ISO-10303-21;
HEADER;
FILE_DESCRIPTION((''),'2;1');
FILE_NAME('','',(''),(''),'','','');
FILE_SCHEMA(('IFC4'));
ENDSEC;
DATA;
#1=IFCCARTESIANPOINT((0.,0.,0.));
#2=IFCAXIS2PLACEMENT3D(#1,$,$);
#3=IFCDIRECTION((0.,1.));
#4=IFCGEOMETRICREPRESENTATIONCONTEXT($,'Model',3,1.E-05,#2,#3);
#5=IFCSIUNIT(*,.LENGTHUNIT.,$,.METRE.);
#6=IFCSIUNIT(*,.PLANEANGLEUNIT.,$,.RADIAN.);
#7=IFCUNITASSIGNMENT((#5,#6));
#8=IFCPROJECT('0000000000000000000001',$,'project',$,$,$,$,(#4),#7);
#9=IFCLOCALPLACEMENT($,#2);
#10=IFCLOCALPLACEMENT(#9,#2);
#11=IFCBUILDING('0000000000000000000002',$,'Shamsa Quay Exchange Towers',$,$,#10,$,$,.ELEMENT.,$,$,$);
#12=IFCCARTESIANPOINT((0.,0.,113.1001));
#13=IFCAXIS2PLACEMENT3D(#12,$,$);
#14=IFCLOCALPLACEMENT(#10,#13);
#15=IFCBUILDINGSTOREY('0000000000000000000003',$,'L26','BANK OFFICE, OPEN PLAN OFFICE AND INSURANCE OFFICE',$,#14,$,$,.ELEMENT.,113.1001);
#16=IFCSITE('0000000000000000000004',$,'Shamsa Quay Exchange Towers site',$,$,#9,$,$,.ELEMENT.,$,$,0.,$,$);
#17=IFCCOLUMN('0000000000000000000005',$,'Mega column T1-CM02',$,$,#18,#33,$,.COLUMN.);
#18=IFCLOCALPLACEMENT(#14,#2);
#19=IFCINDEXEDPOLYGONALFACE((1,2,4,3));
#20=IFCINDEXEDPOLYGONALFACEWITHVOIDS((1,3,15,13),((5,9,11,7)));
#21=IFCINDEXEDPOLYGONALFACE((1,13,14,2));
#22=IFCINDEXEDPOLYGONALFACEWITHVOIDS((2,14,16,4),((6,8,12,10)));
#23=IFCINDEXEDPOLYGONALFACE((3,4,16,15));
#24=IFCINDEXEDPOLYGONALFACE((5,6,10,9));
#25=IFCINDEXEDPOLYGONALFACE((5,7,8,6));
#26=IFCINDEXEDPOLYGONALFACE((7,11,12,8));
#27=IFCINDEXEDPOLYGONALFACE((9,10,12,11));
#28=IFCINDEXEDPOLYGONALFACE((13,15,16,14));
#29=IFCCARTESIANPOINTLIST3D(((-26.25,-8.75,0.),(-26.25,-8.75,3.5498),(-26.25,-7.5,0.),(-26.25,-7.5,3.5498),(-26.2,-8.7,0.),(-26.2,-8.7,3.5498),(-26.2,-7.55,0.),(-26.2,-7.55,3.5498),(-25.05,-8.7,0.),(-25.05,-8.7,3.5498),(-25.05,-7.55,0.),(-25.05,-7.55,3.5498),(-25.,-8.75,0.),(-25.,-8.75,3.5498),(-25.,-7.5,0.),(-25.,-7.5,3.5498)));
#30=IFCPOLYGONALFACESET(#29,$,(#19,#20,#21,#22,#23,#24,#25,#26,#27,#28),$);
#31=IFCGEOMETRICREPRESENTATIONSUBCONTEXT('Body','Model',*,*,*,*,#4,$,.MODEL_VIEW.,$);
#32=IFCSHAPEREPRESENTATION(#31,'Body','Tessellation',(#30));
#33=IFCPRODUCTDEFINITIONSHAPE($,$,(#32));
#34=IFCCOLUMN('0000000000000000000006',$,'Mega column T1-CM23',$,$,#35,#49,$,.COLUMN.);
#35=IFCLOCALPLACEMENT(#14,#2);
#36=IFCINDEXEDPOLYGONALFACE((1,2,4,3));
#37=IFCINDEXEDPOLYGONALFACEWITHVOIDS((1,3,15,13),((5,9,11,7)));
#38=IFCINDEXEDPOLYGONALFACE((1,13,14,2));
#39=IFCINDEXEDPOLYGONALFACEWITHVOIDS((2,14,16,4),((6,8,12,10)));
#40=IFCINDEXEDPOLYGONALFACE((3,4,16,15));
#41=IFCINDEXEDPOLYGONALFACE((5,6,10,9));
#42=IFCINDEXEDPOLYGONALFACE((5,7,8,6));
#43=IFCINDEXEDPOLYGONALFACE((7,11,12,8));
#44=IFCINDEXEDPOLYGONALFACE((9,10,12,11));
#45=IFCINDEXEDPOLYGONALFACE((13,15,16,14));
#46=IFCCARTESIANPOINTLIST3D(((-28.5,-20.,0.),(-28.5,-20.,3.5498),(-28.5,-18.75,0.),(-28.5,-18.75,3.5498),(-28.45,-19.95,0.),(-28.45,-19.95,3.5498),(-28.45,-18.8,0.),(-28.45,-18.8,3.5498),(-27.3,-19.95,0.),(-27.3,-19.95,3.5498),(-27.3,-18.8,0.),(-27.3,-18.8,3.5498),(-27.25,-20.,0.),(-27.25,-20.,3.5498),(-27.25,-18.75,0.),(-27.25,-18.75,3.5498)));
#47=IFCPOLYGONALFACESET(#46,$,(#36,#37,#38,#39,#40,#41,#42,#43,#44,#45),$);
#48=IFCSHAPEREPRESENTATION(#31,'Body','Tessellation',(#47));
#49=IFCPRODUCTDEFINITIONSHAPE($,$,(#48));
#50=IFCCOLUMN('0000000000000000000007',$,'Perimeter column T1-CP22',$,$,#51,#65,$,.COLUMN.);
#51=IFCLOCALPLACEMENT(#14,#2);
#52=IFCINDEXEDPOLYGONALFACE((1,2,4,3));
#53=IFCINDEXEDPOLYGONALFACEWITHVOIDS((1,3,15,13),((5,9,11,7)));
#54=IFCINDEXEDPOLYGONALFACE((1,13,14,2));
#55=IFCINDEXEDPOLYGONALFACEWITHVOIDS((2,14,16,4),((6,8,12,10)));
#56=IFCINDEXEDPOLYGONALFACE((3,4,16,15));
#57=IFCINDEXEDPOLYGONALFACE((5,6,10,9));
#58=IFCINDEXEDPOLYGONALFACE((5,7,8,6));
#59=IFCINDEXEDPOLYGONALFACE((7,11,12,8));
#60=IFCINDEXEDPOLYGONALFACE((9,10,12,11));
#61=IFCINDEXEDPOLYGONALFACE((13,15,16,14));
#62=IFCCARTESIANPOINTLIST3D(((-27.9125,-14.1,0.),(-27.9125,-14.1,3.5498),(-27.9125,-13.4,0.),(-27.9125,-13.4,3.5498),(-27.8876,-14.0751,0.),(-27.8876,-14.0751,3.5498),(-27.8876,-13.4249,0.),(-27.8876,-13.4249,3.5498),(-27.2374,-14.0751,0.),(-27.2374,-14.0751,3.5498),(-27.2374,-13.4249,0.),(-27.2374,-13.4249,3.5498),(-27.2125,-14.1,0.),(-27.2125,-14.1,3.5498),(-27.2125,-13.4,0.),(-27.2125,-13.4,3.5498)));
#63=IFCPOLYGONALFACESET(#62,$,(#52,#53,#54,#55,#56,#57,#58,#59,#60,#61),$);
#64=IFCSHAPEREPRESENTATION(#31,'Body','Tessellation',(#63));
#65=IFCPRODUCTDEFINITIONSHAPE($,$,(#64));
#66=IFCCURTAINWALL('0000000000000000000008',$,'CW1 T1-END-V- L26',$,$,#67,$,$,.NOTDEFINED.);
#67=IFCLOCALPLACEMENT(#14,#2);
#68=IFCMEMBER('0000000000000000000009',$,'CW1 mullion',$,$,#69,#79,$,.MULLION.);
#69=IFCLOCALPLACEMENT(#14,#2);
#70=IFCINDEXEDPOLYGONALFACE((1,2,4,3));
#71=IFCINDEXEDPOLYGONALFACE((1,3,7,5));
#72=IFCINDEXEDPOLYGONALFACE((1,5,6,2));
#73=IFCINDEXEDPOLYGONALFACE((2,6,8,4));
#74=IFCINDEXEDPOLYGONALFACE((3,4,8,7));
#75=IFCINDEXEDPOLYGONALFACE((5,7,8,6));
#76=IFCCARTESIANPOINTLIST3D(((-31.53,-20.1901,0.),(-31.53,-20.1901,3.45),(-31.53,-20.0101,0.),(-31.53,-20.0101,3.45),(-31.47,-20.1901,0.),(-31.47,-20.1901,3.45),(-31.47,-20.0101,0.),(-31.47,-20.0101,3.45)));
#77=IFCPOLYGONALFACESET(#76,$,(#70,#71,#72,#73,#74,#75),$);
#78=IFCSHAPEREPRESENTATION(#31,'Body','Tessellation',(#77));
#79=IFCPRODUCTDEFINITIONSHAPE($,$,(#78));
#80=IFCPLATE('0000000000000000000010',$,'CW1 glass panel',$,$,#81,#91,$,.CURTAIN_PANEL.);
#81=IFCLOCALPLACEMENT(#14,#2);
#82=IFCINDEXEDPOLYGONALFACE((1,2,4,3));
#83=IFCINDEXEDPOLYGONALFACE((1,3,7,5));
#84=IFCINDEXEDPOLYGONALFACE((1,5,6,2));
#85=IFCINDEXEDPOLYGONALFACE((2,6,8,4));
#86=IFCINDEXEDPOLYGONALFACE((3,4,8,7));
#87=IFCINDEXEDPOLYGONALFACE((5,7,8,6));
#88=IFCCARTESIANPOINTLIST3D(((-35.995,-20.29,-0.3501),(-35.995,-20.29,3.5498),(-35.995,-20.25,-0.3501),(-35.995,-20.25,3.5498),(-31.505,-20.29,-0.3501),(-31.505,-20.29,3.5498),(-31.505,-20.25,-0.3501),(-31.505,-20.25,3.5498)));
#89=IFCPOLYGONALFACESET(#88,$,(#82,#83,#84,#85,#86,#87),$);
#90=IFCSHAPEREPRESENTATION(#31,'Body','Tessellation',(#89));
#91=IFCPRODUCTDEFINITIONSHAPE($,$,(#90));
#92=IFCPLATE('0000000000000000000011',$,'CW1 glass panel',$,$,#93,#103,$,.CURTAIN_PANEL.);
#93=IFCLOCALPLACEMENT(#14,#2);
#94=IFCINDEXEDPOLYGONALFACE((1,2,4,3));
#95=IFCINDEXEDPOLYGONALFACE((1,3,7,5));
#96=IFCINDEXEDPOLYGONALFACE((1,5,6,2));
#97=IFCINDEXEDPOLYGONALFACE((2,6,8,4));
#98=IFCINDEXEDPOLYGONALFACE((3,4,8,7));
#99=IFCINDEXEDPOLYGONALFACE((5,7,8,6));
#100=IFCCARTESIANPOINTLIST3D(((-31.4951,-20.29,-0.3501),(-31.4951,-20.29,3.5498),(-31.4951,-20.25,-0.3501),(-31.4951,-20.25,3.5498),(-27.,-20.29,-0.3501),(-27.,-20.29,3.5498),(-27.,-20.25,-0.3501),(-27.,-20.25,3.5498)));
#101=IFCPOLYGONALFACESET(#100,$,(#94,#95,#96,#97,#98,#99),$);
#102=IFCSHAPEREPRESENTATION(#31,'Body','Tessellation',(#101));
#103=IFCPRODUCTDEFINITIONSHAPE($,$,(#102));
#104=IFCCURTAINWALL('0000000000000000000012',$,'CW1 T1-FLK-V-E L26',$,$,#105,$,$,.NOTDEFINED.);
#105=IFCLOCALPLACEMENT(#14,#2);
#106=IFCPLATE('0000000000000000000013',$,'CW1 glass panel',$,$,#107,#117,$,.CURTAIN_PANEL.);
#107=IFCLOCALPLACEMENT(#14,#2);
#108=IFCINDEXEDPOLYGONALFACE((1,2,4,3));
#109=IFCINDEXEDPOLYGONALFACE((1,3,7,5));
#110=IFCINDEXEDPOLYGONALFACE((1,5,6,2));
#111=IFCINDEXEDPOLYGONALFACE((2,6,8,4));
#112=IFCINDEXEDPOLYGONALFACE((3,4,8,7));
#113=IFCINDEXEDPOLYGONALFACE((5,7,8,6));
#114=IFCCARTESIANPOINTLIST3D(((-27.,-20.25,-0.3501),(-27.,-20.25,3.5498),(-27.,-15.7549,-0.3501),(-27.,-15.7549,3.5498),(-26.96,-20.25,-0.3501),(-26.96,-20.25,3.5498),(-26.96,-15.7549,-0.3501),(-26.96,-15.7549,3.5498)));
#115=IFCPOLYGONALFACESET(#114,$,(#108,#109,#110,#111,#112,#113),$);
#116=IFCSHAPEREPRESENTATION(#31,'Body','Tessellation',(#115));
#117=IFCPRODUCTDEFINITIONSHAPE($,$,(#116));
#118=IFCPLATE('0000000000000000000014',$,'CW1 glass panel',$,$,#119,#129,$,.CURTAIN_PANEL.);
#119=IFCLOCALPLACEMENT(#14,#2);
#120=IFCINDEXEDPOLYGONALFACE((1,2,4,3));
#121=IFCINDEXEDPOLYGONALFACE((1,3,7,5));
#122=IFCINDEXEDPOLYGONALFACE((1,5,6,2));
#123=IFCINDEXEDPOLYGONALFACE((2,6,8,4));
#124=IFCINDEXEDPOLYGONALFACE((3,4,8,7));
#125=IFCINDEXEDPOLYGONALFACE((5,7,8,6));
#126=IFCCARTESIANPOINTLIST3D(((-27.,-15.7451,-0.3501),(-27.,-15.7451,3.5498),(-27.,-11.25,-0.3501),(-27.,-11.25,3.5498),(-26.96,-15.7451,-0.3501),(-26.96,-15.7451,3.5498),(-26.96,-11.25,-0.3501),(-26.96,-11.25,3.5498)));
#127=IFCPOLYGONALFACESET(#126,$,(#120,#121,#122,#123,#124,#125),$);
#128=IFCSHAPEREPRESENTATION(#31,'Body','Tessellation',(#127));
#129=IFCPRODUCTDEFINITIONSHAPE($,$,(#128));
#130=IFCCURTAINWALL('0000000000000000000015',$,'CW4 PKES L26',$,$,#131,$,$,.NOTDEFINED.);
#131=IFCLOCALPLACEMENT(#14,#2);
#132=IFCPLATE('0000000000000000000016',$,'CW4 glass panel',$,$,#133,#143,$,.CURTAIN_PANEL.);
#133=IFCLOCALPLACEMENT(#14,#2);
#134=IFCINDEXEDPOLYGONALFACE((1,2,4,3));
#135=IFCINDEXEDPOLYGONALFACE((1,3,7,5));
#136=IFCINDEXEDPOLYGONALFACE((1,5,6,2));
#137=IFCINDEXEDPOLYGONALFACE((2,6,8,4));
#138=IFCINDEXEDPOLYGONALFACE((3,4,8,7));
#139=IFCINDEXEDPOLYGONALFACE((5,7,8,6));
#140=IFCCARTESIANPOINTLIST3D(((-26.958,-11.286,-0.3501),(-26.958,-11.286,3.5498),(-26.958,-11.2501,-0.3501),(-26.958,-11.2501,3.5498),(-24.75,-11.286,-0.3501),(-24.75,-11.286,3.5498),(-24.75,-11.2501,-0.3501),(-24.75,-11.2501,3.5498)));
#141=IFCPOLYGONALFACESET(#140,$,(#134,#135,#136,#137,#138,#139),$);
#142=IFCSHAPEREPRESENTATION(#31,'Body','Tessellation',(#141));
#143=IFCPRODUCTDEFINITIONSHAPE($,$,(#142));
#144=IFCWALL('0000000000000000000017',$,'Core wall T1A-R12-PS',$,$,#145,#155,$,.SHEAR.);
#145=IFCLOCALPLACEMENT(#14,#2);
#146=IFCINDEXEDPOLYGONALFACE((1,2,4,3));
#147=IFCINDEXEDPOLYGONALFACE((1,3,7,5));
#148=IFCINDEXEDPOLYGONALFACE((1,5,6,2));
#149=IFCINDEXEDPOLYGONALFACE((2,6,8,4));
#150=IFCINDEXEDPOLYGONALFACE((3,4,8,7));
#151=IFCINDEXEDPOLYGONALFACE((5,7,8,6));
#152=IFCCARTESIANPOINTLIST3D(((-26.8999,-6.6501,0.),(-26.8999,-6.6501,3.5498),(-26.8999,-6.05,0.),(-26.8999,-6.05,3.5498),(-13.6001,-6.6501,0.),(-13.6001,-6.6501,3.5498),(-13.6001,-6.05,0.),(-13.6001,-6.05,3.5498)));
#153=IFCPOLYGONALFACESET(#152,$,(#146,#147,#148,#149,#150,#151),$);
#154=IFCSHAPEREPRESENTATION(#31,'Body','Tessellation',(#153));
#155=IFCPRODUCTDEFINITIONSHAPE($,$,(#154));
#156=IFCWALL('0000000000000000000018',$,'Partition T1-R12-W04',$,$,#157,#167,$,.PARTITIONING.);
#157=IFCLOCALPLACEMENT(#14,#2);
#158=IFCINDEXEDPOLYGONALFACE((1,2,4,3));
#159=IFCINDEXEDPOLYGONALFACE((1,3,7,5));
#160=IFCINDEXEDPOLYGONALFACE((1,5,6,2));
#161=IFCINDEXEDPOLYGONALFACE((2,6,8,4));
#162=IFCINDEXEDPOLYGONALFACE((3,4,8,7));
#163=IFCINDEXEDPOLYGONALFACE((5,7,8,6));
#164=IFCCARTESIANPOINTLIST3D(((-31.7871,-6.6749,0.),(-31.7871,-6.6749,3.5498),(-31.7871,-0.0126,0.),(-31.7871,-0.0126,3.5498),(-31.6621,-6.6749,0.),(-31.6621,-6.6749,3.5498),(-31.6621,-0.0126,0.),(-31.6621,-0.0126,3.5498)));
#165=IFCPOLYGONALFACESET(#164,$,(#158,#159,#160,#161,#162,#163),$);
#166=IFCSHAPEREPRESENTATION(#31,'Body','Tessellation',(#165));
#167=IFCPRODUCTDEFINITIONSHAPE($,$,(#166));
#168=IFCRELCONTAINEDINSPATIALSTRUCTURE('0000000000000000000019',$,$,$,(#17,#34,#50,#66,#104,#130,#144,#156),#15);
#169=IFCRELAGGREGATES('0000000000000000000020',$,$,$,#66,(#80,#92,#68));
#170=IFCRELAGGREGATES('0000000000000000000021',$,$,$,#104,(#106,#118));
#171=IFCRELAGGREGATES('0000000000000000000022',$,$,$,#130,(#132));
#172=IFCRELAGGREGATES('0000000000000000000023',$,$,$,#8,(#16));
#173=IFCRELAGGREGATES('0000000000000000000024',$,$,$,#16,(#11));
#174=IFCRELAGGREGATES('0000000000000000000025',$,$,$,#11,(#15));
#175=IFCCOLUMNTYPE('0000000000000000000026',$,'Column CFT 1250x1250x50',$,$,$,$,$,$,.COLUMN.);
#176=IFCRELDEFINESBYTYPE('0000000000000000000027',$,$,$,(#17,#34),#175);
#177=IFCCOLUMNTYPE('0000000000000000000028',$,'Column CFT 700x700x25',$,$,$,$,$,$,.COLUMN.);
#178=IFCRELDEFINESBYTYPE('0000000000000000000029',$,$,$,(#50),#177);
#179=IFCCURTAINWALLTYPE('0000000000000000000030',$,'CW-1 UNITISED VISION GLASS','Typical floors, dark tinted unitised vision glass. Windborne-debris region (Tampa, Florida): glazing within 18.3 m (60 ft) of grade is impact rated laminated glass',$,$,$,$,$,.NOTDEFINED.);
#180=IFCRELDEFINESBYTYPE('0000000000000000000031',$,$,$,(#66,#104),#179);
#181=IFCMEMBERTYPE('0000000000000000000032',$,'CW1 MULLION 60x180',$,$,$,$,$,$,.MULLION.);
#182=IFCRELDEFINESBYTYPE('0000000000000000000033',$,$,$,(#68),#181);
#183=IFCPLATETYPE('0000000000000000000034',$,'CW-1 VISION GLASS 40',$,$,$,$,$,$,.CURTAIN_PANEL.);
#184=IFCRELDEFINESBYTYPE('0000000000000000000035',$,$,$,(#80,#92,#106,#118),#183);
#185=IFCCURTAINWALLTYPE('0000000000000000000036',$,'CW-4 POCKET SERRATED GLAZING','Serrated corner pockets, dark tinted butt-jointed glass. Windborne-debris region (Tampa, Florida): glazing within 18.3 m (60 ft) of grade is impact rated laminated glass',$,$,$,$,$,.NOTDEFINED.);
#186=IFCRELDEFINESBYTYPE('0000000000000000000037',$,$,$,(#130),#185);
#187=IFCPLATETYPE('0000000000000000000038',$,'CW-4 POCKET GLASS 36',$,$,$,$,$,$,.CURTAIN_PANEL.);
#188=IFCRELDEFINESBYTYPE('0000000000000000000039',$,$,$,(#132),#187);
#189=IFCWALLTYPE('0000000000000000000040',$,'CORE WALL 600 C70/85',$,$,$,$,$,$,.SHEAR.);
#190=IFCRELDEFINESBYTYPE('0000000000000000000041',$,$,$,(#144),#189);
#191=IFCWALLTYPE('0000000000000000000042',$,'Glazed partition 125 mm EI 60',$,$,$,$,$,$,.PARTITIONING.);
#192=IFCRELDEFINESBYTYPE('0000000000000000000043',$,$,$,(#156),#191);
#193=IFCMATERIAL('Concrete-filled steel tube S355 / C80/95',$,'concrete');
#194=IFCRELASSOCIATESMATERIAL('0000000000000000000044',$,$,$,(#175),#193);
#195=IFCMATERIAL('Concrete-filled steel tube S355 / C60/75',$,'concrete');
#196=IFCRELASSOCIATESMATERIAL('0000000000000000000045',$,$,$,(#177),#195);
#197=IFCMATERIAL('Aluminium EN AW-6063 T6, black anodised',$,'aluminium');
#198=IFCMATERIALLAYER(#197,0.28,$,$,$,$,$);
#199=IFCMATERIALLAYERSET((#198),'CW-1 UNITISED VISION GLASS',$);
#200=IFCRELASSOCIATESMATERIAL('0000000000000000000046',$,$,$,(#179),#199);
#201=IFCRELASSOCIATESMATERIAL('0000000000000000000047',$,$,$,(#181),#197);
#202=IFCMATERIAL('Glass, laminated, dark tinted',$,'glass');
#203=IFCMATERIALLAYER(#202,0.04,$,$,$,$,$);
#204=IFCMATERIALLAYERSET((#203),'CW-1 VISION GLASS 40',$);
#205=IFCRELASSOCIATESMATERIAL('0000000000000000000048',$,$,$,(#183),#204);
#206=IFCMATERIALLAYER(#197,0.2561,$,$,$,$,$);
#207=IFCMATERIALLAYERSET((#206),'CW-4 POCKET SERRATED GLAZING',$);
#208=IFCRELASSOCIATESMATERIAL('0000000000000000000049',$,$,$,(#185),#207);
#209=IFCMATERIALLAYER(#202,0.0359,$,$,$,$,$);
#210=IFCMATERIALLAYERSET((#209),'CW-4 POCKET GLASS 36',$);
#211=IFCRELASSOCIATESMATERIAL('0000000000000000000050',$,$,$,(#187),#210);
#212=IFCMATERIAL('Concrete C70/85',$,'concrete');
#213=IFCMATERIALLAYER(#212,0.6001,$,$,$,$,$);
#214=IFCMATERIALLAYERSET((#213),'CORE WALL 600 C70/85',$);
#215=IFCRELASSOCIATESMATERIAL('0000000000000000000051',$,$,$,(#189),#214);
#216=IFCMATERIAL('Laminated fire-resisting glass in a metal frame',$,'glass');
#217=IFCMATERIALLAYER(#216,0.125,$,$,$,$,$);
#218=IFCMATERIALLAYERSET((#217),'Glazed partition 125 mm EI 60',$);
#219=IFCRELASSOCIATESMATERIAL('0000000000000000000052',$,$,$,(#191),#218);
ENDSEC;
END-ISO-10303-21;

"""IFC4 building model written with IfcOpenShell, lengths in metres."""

from ifc_helpers import new_model, si_unit, direction, frame, frame_2d, origin, origin_2d, place, context, subcontext, project, spatial, rectangle, hollow_rectangle, extrude, material, layer, layer_set, material_profile, profile_set, type_object, element, aggregate, save


model = new_model("IFC4")

# Units and contexts
model_context = context("Model", 3, precision=1e-05, world=origin(), true_north=direction((0.0, 1.0)))
body_context = subcontext(model_context, "Body", "Model", "MODEL_VIEW")
ifc_project = project(units=[si_unit("LENGTHUNIT", "METRE"), si_unit("PLANEANGLEUNIT", "RADIAN")], contexts=[model_context])

# Site, building, storey
site_placement = place(None, origin())
site = spatial("IfcSite", under=ifc_project, at=site_placement, Name="Shamsa Quay Exchange Towers site", CompositionType="ELEMENT", RefElevation=0.0)
building_placement = place(site_placement, origin())
building = spatial("IfcBuilding", under=site, at=building_placement, Name="Shamsa Quay Exchange Towers", CompositionType="ELEMENT")
storey_placement = place(building_placement, frame((0.0, 0.0, 113.1001)))
storey = spatial("IfcBuildingStorey", under=building, at=storey_placement, Name="L26", Description="BANK OFFICE, OPEN PLAN OFFICE AND INSURANCE OFFICE", CompositionType="ELEMENT", Elevation=113.1001)

# Columns
ifc_material_1 = material(Name="Concrete-filled steel tube S355 / C80/95", Category="concrete")
ifc_material_profile_1 = material_profile(ifc_material_1, hollow_rectangle(XDim=1.25, YDim=1.25, WallThickness=0.05, at=origin_2d()), Name="CFT 1250x1250x50")
ifc_profile_set_1 = profile_set([ifc_material_profile_1], Name="Concrete-filled steel tube S355 / C80/95")
column_type_1 = type_object("IfcColumnType", Name="Column CFT 1250x1250x50", PredefinedType="COLUMN", material=ifc_profile_set_1)
for number, where, name in (
    (1, (-25.625, -8.125, 0.0), "Mega column T1-CM02"),
    (2, (-27.875, -19.375, 0.0), "Mega column T1-CM23"),
):
    element("IfcColumn", number, at=place(storey_placement, frame(where)), inside=storey, type_object=column_type_1, Name=name, PredefinedType="COLUMN", context=body_context, shape_type="SweptSolid", body=[
        extrude(hollow_rectangle(XDim=1.25, YDim=1.25, WallThickness=0.05, at=origin_2d()), origin(), (0.0, 0.0, 1.0), 3.5498),
    ])
ifc_material_2 = material(Name="Concrete-filled steel tube S355 / C60/75", Category="concrete")
ifc_material_profile_2 = material_profile(ifc_material_2, hollow_rectangle(XDim=0.7, YDim=0.7, WallThickness=0.0249, at=origin_2d()), Name="CFT 700x700x25")
ifc_profile_set_2 = profile_set([ifc_material_profile_2], Name="Concrete-filled steel tube S355 / C60/75")
column_type_2 = type_object("IfcColumnType", Name="Column CFT 700x700x25", PredefinedType="COLUMN", material=ifc_profile_set_2)
column_placement = place(storey_placement, frame((-27.5625, -13.75, 0.0)))
element("IfcColumn", 3, at=column_placement, inside=storey, type_object=column_type_2, Name="Perimeter column T1-CP22", PredefinedType="COLUMN", context=body_context, shape_type="SweptSolid", body=[
    extrude(hollow_rectangle(XDim=0.7, YDim=0.7, WallThickness=0.0249, at=origin_2d()), origin(), (0.0, 0.0, 1.0), 3.5498),
])

# Curtain wall, member, plates
ifc_material_3 = material(Name="Aluminium EN AW-6063 T6, black anodised", Category="aluminium")
ifc_layer_1 = layer(ifc_material_3, 0.28)
ifc_layer_set_1 = layer_set([ifc_layer_1], Name="CW-1 UNITISED VISION GLASS")
curtain_wall_type_1 = type_object("IfcCurtainWallType", Name="CW-1 UNITISED VISION GLASS", Description="Typical floors, dark tinted unitised vision glass. Windborne-debris region (Tampa, Florida): glazing within 18.3 m (60 ft) of grade is impact rated laminated glass", PredefinedType="NOTDEFINED", material=ifc_layer_set_1)
curtain_wall_1_placement = place(storey_placement, origin())
curtain_wall_1 = element("IfcCurtainWall", 4, at=curtain_wall_1_placement, inside=storey, type_object=curtain_wall_type_1, Name="CW1 T1-END-V- L26", PredefinedType="NOTDEFINED")
ifc_material_profile_3 = material_profile(ifc_material_3, rectangle(XDim=0.1799, YDim=0.0601, at=origin_2d()), Name="MU60x180")
ifc_profile_set_3 = profile_set([ifc_material_profile_3], Name="Aluminium EN AW-6063 T6, black anodised")
member_type = type_object("IfcMemberType", Name="CW1 MULLION 60x180", PredefinedType="MULLION", material=ifc_profile_set_3)
member_placement = place(storey_placement, frame((-31.5, -20.1001, 0.0), z_axis=(0.0, 0.0, 1.0), x_axis=(0.0, 1.0, 0.0)))
member = element("IfcMember", 5, at=member_placement, type_object=member_type, Name="CW1 mullion", PredefinedType="MULLION", context=body_context, shape_type="SweptSolid", body=[
    extrude(rectangle(XDim=0.1799, YDim=0.0601, at=origin_2d()), origin(), (0.0, 0.0, 1.0), 3.45),
])
ifc_material_4 = material(Name="Glass, laminated, dark tinted", Category="glass")
ifc_layer_2 = layer(ifc_material_4, 0.04)
ifc_layer_set_2 = layer_set([ifc_layer_2], Name="CW-1 VISION GLASS 40")
plate_type_1 = type_object("IfcPlateType", Name="CW-1 VISION GLASS 40", PredefinedType="CURTAIN_PANEL", material=ifc_layer_set_2)
plate_1_placement = place(storey_placement, frame((-33.75, -20.27, -0.3501)))
plate_1 = element("IfcPlate", 6, at=plate_1_placement, type_object=plate_type_1, Name="CW1 glass panel", PredefinedType="CURTAIN_PANEL", context=body_context, shape_type="SweptSolid", body=[
    extrude(rectangle(XDim=4.49, YDim=0.04, at=origin_2d()), origin(), (0.0, 0.0, 1.0), 3.8999),
])
plate_2_placement = place(storey_placement, frame((-29.2476, -20.27, -0.3501)))
plate_2 = element("IfcPlate", 7, at=plate_2_placement, type_object=plate_type_1, Name="CW1 glass panel", PredefinedType="CURTAIN_PANEL", context=body_context, shape_type="SweptSolid", body=[
    extrude(rectangle(XDim=4.4951, YDim=0.04, at=origin_2d()), origin(), (0.0, 0.0, 1.0), 3.8999),
])
aggregate(curtain_wall_1, [plate_1, plate_2, member])

# Curtain wall, plates
curtain_wall_2_placement = place(storey_placement, origin())
curtain_wall_2 = element("IfcCurtainWall", 8, at=curtain_wall_2_placement, inside=storey, type_object=curtain_wall_type_1, Name="CW1 T1-FLK-V-E L26", PredefinedType="NOTDEFINED")
plate_3_placement = place(storey_placement, frame((-26.98, -18.0024, -0.3501), z_axis=(0.0, 0.0, 1.0), x_axis=(0.0, 1.0, 0.0)))
plate_3 = element("IfcPlate", 9, at=plate_3_placement, type_object=plate_type_1, Name="CW1 glass panel", PredefinedType="CURTAIN_PANEL", context=body_context, shape_type="SweptSolid", body=[
    extrude(rectangle(XDim=4.4951, YDim=0.04, at=origin_2d()), origin(), (0.0, 0.0, 1.0), 3.8999),
])
plate_4_placement = place(storey_placement, frame((-26.98, -13.4976, -0.3501), z_axis=(0.0, 0.0, 1.0), x_axis=(0.0, 1.0, 0.0)))
plate_4 = element("IfcPlate", 10, at=plate_4_placement, type_object=plate_type_1, Name="CW1 glass panel", PredefinedType="CURTAIN_PANEL", context=body_context, shape_type="SweptSolid", body=[
    extrude(rectangle(XDim=4.4951, YDim=0.04, at=origin_2d()), origin(), (0.0, 0.0, 1.0), 3.8999),
])
aggregate(curtain_wall_2, [plate_3, plate_4])

# Curtain wall, plate
ifc_layer_3 = layer(ifc_material_3, 0.2561)
ifc_layer_set_3 = layer_set([ifc_layer_3], Name="CW-4 POCKET SERRATED GLAZING")
curtain_wall_type_2 = type_object("IfcCurtainWallType", Name="CW-4 POCKET SERRATED GLAZING", Description="Serrated corner pockets, dark tinted butt-jointed glass. Windborne-debris region (Tampa, Florida): glazing within 18.3 m (60 ft) of grade is impact rated laminated glass", PredefinedType="NOTDEFINED", material=ifc_layer_set_3)
curtain_wall_3_placement = place(storey_placement, origin())
curtain_wall_3 = element("IfcCurtainWall", 11, at=curtain_wall_3_placement, inside=storey, type_object=curtain_wall_type_2, Name="CW4 PKES L26", PredefinedType="NOTDEFINED")
ifc_layer_4 = layer(ifc_material_4, 0.0359)
ifc_layer_set_4 = layer_set([ifc_layer_4], Name="CW-4 POCKET GLASS 36")
plate_type_2 = type_object("IfcPlateType", Name="CW-4 POCKET GLASS 36", PredefinedType="CURTAIN_PANEL", material=ifc_layer_set_4)
plate_5_placement = place(storey_placement, frame((-25.854, -11.2681, -0.3501)))
plate_5 = element("IfcPlate", 12, at=plate_5_placement, type_object=plate_type_2, Name="CW4 glass panel", PredefinedType="CURTAIN_PANEL", context=body_context, shape_type="SweptSolid", body=[
    extrude(rectangle(XDim=2.208, YDim=0.0359, at=origin_2d()), origin(), (0.0, 0.0, 1.0), 3.8999),
])
aggregate(curtain_wall_3, [plate_5])

# Walls
ifc_material_5 = material(Name="Concrete C70/85", Category="concrete")
ifc_layer_5 = layer(ifc_material_5, 0.6001)
ifc_layer_set_5 = layer_set([ifc_layer_5], Name="CORE WALL 600 C70/85")
wall_type_1 = type_object("IfcWallType", Name="CORE WALL 600 C70/85", PredefinedType="SHEAR", material=ifc_layer_set_5)
wall_1_placement = place(storey_placement, frame((-26.8999, -6.3501, 0.0)))
element("IfcWall", 13, at=wall_1_placement, inside=storey, type_object=wall_type_1, Name="Core wall T1A-R12-PS", PredefinedType="SHEAR", context=body_context, shape_type="SweptSolid", body=[
    extrude(rectangle(XDim=13.2998, YDim=0.6001, at=frame_2d((6.6499, 0.0))), origin(), (0.0, 0.0, 1.0), 3.5498),
])
ifc_material_6 = material(Name="Laminated fire-resisting glass in a metal frame", Category="glass")
ifc_layer_6 = layer(ifc_material_6, 0.125)
ifc_layer_set_6 = layer_set([ifc_layer_6], Name="Glazed partition 125 mm EI 60")
wall_type_2 = type_object("IfcWallType", Name="Glazed partition 125 mm EI 60", PredefinedType="PARTITIONING", material=ifc_layer_set_6)
wall_2_placement = place(storey_placement, frame((-31.7246, -0.0127, 0.0), z_axis=(0.0, 0.0, 1.0), x_axis=(0.0, -1.0, 0.0)))
element("IfcWall", 14, at=wall_2_placement, inside=storey, type_object=wall_type_2, Name="Partition T1-R12-W04", PredefinedType="PARTITIONING", context=body_context, shape_type="SweptSolid", body=[
    extrude(rectangle(XDim=6.6624, YDim=0.125, at=frame_2d((3.3311, 0.0))), origin(), (0.0, 0.0, 1.0), 3.5498),
])

save(model, "model.ifc")
